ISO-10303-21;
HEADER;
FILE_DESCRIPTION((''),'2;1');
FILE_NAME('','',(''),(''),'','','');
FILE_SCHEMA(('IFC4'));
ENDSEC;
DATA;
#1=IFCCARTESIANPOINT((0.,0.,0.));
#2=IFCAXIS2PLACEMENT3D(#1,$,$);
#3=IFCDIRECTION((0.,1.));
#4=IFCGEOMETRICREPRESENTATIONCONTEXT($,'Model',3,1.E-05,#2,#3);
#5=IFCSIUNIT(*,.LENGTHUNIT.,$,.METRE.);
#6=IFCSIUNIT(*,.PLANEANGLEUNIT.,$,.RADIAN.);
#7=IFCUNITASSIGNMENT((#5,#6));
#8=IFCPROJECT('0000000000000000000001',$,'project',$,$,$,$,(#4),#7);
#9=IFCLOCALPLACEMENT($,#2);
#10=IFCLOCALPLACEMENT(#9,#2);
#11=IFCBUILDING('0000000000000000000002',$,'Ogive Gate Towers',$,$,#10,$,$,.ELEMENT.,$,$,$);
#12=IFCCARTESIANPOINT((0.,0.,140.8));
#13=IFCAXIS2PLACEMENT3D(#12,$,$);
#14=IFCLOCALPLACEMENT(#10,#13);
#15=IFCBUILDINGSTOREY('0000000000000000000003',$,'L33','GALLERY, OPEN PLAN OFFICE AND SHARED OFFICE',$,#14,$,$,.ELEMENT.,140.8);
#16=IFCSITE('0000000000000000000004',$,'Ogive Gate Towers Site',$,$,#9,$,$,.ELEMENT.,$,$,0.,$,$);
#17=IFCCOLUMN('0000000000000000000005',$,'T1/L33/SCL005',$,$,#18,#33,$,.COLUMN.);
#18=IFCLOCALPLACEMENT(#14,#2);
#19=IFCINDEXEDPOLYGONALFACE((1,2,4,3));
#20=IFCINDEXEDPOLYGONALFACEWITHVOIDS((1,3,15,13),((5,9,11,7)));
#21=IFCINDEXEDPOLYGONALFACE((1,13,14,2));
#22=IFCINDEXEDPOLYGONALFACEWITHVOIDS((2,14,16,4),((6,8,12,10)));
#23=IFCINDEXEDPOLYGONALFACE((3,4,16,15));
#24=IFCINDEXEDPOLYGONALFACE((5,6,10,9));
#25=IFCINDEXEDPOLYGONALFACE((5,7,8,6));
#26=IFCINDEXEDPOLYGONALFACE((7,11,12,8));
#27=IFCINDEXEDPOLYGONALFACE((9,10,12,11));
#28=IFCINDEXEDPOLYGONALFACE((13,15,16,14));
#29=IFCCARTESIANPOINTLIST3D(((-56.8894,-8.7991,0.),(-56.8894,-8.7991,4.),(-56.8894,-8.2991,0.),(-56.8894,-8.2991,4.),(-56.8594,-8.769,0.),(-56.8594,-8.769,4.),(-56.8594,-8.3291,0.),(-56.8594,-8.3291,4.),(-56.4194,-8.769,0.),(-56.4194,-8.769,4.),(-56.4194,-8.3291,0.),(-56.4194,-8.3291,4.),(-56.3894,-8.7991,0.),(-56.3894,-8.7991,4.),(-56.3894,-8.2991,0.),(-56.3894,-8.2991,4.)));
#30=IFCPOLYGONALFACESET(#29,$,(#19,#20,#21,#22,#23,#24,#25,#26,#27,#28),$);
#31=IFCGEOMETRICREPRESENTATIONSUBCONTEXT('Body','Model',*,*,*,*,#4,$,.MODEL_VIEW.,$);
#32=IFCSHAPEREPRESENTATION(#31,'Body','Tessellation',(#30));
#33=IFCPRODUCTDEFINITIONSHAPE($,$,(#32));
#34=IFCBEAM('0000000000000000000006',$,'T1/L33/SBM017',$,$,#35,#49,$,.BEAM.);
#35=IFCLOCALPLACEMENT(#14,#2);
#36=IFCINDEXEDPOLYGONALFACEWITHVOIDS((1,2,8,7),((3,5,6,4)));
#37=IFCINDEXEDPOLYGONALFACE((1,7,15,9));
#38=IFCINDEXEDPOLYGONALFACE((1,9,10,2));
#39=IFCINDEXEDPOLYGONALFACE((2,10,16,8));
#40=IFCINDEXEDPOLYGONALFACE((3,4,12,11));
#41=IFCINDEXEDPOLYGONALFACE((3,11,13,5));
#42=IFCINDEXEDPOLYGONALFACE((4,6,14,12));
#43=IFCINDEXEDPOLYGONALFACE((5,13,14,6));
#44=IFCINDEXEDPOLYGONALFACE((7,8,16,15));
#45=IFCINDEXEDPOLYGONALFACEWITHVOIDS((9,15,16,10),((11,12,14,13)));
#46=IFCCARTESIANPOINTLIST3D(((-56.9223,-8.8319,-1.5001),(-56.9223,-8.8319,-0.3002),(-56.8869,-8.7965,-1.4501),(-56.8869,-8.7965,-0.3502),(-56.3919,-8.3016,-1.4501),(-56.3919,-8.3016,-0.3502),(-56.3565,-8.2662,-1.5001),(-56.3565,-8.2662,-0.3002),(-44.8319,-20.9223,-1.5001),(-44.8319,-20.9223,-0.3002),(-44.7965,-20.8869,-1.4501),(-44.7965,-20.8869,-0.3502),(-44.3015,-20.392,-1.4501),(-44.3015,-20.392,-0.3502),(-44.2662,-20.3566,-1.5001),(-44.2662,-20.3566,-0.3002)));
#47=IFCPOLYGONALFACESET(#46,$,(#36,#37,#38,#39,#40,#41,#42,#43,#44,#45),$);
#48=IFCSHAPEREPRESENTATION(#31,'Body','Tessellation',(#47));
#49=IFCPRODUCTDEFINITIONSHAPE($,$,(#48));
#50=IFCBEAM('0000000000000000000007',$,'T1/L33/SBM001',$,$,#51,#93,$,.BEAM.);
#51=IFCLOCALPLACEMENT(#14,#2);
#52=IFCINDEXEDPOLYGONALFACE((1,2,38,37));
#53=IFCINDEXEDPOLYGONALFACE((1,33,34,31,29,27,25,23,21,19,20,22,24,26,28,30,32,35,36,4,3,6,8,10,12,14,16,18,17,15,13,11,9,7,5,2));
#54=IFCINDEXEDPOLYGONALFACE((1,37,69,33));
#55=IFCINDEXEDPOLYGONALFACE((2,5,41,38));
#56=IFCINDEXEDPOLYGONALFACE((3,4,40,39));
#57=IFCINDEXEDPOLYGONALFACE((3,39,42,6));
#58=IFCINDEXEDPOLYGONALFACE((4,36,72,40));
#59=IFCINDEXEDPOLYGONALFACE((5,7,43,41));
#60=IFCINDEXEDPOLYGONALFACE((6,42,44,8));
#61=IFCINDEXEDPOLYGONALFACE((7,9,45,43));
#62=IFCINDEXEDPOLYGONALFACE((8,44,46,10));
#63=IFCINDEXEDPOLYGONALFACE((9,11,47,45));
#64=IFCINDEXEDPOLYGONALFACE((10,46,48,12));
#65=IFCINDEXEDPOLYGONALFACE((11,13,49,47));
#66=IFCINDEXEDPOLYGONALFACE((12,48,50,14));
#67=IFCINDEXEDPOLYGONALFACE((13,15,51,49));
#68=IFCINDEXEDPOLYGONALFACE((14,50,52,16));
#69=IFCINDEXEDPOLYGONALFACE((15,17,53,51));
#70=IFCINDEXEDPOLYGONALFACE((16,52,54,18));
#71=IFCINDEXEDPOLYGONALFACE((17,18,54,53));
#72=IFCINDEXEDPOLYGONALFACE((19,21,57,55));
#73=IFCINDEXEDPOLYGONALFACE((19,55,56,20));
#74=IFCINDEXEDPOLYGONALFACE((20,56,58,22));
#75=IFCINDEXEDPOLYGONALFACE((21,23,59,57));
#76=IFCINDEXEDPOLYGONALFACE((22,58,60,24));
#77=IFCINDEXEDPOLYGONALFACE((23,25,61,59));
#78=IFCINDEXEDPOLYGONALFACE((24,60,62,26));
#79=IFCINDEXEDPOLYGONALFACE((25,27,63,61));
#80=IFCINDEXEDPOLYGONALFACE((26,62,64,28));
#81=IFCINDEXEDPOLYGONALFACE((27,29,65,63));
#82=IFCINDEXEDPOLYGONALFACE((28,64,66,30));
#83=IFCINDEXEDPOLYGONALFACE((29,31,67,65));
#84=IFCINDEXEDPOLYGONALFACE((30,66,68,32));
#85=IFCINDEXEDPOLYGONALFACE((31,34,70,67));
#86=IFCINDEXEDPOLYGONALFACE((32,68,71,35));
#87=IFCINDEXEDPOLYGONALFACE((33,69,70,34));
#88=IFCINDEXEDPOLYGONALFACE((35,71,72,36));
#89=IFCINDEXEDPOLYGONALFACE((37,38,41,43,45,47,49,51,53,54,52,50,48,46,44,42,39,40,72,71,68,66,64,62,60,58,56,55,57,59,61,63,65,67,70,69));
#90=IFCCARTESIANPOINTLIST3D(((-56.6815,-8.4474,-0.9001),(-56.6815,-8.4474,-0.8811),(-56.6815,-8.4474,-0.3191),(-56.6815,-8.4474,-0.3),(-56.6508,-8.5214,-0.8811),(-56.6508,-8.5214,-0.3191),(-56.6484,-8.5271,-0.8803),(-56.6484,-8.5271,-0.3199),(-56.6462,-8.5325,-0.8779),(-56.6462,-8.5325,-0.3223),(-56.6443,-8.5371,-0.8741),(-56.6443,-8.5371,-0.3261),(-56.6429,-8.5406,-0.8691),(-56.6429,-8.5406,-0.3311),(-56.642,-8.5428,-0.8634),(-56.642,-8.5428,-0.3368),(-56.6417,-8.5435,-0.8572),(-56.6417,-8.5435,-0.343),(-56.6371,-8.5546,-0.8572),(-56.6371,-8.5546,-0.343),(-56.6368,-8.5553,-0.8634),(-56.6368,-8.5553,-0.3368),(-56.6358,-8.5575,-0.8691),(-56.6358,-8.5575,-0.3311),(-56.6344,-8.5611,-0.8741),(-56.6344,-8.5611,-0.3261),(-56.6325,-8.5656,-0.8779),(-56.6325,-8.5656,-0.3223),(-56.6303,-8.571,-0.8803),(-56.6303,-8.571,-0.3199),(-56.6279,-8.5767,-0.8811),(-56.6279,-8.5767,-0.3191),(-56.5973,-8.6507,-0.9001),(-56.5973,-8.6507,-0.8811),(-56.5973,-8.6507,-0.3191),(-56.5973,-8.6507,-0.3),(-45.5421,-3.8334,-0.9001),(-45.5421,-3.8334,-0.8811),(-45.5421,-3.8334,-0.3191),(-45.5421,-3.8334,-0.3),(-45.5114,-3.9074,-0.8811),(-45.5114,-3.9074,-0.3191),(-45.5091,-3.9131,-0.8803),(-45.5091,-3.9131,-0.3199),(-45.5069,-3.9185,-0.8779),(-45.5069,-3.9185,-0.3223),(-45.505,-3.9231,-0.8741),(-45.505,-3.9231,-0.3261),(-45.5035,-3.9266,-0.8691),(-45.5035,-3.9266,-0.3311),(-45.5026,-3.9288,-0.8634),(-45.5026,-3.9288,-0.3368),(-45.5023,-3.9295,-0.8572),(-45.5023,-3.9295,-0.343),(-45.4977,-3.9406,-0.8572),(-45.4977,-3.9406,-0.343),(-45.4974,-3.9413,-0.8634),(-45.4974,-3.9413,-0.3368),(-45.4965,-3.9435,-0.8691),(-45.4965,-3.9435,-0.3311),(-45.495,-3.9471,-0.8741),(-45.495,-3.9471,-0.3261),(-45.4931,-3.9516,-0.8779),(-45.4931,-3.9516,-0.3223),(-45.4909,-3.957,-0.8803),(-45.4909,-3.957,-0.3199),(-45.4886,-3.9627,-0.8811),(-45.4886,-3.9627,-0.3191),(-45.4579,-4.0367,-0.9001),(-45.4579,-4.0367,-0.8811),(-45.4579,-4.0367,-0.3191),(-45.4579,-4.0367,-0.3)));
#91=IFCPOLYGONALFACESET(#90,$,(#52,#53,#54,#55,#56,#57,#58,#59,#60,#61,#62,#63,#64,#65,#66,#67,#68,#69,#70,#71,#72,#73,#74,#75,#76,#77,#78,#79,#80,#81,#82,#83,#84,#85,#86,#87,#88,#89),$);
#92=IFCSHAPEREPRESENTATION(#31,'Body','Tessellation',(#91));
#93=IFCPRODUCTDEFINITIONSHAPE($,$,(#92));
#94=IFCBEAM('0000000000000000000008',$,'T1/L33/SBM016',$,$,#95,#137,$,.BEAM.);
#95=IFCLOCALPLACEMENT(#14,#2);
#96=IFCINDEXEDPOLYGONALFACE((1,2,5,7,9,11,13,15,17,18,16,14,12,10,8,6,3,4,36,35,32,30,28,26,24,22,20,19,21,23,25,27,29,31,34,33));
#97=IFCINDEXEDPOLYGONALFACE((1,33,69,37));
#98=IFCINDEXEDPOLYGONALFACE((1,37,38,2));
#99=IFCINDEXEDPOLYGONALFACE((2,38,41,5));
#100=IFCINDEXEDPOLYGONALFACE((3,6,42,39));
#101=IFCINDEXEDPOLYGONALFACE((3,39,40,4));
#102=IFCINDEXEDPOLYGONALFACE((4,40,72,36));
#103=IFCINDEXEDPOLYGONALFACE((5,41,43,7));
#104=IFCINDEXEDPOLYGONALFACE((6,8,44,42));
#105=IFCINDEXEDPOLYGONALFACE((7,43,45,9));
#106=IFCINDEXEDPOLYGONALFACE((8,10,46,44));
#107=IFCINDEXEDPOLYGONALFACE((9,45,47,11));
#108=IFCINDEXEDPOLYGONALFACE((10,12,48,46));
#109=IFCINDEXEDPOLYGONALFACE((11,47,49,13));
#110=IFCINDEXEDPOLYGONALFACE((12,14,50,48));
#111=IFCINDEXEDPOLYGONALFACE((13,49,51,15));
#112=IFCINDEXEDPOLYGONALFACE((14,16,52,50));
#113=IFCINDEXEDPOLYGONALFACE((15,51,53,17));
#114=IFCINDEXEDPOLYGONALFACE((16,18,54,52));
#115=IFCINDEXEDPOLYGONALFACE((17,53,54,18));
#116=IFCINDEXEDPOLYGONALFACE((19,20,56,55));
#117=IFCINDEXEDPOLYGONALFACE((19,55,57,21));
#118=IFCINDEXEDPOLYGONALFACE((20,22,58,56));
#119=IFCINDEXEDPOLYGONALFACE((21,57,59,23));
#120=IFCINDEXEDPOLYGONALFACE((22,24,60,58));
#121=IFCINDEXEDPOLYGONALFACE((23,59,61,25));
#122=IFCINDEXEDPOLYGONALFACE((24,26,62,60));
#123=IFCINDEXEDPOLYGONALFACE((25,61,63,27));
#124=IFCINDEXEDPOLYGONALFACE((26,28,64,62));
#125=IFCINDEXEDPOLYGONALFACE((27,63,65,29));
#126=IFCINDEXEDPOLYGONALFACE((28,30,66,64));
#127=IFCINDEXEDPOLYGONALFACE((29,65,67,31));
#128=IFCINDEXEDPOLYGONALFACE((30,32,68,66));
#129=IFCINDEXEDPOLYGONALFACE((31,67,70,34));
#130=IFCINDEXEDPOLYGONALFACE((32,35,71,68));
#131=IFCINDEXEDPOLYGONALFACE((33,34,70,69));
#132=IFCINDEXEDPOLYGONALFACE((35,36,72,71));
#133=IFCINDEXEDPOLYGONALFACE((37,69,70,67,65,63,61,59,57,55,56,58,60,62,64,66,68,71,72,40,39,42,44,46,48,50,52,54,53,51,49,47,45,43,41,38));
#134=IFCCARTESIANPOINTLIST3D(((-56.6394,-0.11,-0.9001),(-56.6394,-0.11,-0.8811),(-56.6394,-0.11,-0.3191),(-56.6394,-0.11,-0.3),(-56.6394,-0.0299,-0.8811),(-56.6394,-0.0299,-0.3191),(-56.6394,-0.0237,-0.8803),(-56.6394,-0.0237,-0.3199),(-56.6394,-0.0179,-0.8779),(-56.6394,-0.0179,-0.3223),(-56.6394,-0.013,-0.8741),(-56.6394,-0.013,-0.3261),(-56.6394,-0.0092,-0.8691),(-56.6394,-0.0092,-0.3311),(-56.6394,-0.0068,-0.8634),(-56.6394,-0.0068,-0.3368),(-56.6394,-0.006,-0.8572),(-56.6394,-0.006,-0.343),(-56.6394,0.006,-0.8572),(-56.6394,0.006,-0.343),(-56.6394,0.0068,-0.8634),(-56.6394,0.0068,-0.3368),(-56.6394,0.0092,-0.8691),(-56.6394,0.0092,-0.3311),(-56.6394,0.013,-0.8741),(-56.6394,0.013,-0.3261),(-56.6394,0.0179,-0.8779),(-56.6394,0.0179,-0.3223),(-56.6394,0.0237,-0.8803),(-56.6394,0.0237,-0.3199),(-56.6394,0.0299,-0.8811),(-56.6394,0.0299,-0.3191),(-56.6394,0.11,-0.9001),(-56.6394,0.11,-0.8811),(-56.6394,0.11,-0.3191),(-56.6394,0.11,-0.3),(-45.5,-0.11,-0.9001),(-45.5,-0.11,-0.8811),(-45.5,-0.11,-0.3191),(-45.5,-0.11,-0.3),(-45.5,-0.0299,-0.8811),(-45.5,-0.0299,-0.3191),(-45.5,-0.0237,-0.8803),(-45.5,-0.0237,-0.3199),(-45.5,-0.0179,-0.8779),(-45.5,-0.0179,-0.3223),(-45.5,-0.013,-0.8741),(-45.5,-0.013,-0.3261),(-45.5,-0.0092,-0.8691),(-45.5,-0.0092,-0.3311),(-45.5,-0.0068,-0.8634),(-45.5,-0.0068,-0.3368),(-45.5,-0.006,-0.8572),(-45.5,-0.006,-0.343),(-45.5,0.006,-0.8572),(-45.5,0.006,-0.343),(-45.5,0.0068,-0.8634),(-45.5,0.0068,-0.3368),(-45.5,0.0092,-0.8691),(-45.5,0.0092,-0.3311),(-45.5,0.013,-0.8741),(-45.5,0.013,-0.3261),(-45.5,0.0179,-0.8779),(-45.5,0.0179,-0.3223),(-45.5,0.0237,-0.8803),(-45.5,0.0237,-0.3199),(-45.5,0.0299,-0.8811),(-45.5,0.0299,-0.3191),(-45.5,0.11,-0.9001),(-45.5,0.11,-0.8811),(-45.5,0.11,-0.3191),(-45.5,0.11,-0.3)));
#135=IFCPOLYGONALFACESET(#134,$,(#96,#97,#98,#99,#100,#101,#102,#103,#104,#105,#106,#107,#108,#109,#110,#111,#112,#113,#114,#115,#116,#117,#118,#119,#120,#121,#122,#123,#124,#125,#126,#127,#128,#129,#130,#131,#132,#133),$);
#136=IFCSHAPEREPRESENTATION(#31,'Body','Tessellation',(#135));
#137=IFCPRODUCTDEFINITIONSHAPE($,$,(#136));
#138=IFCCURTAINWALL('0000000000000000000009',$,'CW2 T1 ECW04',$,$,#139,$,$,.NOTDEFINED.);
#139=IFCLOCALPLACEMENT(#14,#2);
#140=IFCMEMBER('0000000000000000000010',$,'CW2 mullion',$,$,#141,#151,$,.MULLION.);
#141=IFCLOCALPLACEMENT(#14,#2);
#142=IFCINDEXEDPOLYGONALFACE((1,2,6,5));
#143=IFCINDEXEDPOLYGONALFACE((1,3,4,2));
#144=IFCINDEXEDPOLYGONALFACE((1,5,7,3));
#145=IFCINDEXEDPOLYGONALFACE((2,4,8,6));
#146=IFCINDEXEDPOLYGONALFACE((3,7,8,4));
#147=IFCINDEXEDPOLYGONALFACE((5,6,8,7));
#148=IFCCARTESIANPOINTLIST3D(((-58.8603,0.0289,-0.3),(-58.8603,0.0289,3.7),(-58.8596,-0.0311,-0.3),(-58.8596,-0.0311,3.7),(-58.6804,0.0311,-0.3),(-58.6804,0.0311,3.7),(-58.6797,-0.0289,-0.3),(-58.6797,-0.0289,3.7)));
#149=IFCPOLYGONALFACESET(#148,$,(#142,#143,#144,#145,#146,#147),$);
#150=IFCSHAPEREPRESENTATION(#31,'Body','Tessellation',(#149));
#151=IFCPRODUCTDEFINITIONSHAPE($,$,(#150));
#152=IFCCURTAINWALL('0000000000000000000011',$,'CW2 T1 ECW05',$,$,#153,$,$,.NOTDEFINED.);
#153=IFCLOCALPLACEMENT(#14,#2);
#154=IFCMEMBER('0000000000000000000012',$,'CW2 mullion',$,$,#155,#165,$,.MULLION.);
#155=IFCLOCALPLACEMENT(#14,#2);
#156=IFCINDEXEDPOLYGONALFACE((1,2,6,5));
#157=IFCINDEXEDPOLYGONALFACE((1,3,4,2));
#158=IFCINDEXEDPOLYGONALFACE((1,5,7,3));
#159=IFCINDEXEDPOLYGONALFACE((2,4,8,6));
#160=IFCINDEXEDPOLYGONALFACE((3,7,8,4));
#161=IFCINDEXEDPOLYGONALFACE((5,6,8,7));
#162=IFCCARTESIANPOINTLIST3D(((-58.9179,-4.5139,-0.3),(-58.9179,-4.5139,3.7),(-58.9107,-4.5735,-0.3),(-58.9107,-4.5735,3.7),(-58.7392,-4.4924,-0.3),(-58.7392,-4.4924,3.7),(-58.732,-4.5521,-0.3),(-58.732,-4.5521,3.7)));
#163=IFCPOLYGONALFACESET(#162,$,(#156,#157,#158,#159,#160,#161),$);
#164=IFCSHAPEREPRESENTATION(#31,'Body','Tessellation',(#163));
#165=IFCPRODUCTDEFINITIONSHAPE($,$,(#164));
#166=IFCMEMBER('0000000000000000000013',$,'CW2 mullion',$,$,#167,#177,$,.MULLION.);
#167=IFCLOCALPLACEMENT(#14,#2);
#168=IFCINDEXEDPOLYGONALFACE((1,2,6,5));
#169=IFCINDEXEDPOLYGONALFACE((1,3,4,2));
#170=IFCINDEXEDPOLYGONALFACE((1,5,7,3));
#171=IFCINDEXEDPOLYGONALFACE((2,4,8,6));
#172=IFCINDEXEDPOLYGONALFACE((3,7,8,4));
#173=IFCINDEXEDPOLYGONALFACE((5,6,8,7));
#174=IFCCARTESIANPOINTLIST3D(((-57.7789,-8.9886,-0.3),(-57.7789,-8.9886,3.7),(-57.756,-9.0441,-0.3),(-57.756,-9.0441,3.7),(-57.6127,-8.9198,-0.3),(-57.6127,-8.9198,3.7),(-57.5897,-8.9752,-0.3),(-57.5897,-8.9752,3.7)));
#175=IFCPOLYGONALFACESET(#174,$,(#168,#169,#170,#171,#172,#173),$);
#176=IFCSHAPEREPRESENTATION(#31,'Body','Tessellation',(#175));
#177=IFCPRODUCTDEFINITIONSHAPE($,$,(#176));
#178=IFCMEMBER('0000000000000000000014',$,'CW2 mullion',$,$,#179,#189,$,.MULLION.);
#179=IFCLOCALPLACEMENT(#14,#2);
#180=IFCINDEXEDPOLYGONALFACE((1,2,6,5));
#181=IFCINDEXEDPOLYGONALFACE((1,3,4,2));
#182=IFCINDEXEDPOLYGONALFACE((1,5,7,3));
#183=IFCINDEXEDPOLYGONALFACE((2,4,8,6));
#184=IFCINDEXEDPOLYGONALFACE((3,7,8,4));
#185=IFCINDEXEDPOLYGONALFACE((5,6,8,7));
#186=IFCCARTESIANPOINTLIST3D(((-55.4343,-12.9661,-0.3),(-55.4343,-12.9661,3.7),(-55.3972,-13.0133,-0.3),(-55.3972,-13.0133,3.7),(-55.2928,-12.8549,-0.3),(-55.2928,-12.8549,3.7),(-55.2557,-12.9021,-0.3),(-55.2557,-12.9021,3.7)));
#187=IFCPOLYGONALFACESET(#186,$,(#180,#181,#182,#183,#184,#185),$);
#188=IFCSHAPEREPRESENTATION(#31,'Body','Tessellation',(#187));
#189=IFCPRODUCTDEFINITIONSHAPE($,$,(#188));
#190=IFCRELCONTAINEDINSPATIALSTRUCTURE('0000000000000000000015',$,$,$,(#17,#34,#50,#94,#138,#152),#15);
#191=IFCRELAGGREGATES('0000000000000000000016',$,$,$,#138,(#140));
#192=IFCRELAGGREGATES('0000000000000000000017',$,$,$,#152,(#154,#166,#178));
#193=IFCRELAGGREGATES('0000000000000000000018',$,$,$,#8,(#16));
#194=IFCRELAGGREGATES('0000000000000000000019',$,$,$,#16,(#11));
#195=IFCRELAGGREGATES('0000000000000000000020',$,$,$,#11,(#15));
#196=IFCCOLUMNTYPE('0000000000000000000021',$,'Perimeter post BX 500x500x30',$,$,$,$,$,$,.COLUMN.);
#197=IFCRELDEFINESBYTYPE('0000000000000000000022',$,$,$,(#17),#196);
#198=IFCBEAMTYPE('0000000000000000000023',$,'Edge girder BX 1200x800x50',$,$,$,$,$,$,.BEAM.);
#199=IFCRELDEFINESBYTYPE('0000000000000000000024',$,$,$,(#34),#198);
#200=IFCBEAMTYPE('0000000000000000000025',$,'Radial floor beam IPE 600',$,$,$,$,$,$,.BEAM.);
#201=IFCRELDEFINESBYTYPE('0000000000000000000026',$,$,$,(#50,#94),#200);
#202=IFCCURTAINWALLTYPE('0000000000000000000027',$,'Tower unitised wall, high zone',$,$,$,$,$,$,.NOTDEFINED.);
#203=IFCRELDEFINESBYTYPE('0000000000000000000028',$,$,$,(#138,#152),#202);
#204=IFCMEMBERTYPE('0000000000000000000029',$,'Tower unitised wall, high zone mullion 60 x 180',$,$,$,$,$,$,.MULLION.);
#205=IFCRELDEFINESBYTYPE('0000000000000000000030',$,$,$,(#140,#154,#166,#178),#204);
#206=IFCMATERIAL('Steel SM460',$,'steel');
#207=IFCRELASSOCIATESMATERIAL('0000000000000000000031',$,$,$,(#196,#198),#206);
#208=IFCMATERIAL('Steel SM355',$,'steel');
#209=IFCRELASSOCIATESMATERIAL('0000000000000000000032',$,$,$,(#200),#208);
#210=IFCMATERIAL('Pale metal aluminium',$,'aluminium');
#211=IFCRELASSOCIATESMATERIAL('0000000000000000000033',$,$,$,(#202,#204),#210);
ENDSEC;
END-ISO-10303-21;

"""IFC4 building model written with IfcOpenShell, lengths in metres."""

from ifc_helpers import new_model, si_unit, direction, frame, origin, origin_2d, place, context, subcontext, project, spatial, rectangle, hollow_rectangle, i_section, extrude, material, material_profile, profile_set, type_object, element, aggregate, save


model = new_model("IFC4")

# Units and contexts
model_context = context("Model", 3, precision=1e-05, world=origin(), true_north=direction((0.0, 1.0)))
body_context = subcontext(model_context, "Body", "Model", "MODEL_VIEW")
ifc_project = project(units=[si_unit("LENGTHUNIT", "METRE"), si_unit("PLANEANGLEUNIT", "RADIAN")], contexts=[model_context])

# Site, building, storey
site_placement = place(None, origin())
site = spatial("IfcSite", under=ifc_project, at=site_placement, Name="Ogive Gate Towers Site", CompositionType="ELEMENT", RefElevation=0.0)
building_placement = place(site_placement, origin())
building = spatial("IfcBuilding", under=site, at=building_placement, Name="Ogive Gate Towers", CompositionType="ELEMENT")
storey_placement = place(building_placement, frame((0.0, 0.0, 140.8)))
storey = spatial("IfcBuildingStorey", under=building, at=storey_placement, Name="L33", Description="GALLERY, OPEN PLAN OFFICE AND SHARED OFFICE", CompositionType="ELEMENT", Elevation=140.8)

# Column
ifc_material_1 = material(Name="Steel SM460", Category="steel")
ifc_material_profile_1 = material_profile(ifc_material_1, hollow_rectangle(XDim=0.5, YDim=0.5, WallThickness=0.03, at=origin_2d()), Name="BX 500x500x30")
ifc_profile_set_1 = profile_set([ifc_material_profile_1], Name="Steel SM460")
column_type = type_object("IfcColumnType", Name="Perimeter post BX 500x500x30", PredefinedType="COLUMN", material=ifc_profile_set_1)
column_placement = place(storey_placement, frame((-56.6394, -8.5491, 0.0), z_axis=(0.0, 0.0, 1.0), x_axis=(1.0, 0.0, 0.0)))
element("IfcColumn", 1, at=column_placement, inside=storey, type_object=column_type, Name="T1/L33/SCL005", PredefinedType="COLUMN", context=body_context, shape_type="SweptSolid", body=[
    extrude(hollow_rectangle(XDim=0.5, YDim=0.5, WallThickness=0.03, at=origin_2d()), origin(), (0.0, 0.0, 1.0), 4.0),
])

# Beams
ifc_material_profile_2 = material_profile(ifc_material_1, hollow_rectangle(XDim=0.8, YDim=1.2, WallThickness=0.05, at=origin_2d()), Name="BX 1200x800x50")
ifc_profile_set_2 = profile_set([ifc_material_profile_2], Name="Steel SM460")
beam_type_1 = type_object("IfcBeamType", Name="Edge girder BX 1200x800x50", PredefinedType="BEAM", material=ifc_profile_set_2)
beam_1_placement = place(storey_placement, frame((-56.6394, -8.5491, -0.9001), z_axis=(0.707107, -0.707107, 0.0), x_axis=(0.707107, 0.707107, 0.0)))
element("IfcBeam", 2, at=beam_1_placement, inside=storey, type_object=beam_type_1, Name="T1/L33/SBM017", PredefinedType="BEAM", context=body_context, shape_type="SweptSolid", body=[
    extrude(hollow_rectangle(XDim=0.8, YDim=1.2, WallThickness=0.05, at=origin_2d()), origin(), (0.0, 0.0, 1.0), 17.0984),
])
ifc_material_2 = material(Name="Steel SM355", Category="steel")
ifc_material_profile_3 = material_profile(ifc_material_2, i_section(OverallWidth=0.22, OverallDepth=0.6001, WebThickness=0.012, FlangeThickness=0.019, FilletRadius=0.0239, at=origin_2d()), Name="IPE 600")
ifc_profile_set_3 = profile_set([ifc_material_profile_3], Name="Steel SM355")
beam_type_2 = type_object("IfcBeamType", Name="Radial floor beam IPE 600", PredefinedType="BEAM", material=ifc_profile_set_3)
beam_2_placement = place(storey_placement, frame((-45.5, -3.9351, -0.6001), z_axis=(-0.923882, -0.382678, 0.0), x_axis=(0.382678, -0.923882, 0.0)))
element("IfcBeam", 3, at=beam_2_placement, inside=storey, type_object=beam_type_2, Name="T1/L33/SBM001", PredefinedType="BEAM", context=body_context, shape_type="SweptSolid", body=[
    extrude(i_section(OverallWidth=0.22, OverallDepth=0.6001, WebThickness=0.012, FlangeThickness=0.019, FilletRadius=0.0239, at=origin_2d()), origin(), (0.0, 0.0, 1.0), 12.0571),
])
beam_3_placement = place(storey_placement, frame((-45.5, 0.0, -0.6001), z_axis=(-1.0, 0.0, 0.0), x_axis=(0.0, -1.0, 0.0)))
element("IfcBeam", 4, at=beam_3_placement, inside=storey, type_object=beam_type_2, Name="T1/L33/SBM016", PredefinedType="BEAM", context=body_context, shape_type="SweptSolid", body=[
    extrude(i_section(OverallWidth=0.22, OverallDepth=0.6001, WebThickness=0.012, FlangeThickness=0.019, FilletRadius=0.0239, at=origin_2d()), origin(), (0.0, 0.0, 1.0), 11.1394),
])

# Curtain wall, member
ifc_material_3 = material(Name="Pale metal aluminium", Category="aluminium")
curtain_wall_type = type_object("IfcCurtainWallType", Name="Tower unitised wall, high zone", PredefinedType="NOTDEFINED", material=ifc_material_3)
curtain_wall_1_placement = place(storey_placement, origin())
curtain_wall_1 = element("IfcCurtainWall", 5, at=curtain_wall_1_placement, inside=storey, type_object=curtain_wall_type, Name="CW2 T1 ECW04", PredefinedType="NOTDEFINED")
ifc_material_profile_4 = material_profile(ifc_material_3, rectangle(XDim=0.1799, YDim=0.0601, at=origin_2d()), Name="60 x 180 aluminium box")
ifc_profile_set_4 = profile_set([ifc_material_profile_4], Name="Pale metal aluminium")
member_type_1 = type_object("IfcMemberType", Name="Tower unitised wall, high zone mullion 60 x 180", PredefinedType="MULLION", material=ifc_profile_set_4)
member_1_placement = place(storey_placement, frame((-58.77, 0.0, -0.3), z_axis=(0.0, 0.0, 1.0), x_axis=(-0.999927, -0.012077, 0.0)))
member_1 = element("IfcMember", 6, at=member_1_placement, type_object=member_type_1, Name="CW2 mullion", PredefinedType="MULLION", context=body_context, shape_type="SweptSolid", body=[
    extrude(rectangle(XDim=0.1799, YDim=0.0601, at=origin_2d()), origin(), (0.0, 0.0, 1.0), 4.0),
])
aggregate(curtain_wall_1, [member_1])

# Curtain wall, members
curtain_wall_2_placement = place(storey_placement, origin())
curtain_wall_2 = element("IfcCurtainWall", 7, at=curtain_wall_2_placement, inside=storey, type_object=curtain_wall_type, Name="CW2 T1 ECW05", PredefinedType="NOTDEFINED")
member_2_placement = place(storey_placement, frame((-58.825, -4.533, -0.3), z_axis=(0.0, 0.0, 1.0), x_axis=(-0.992876, -0.119149, 0.0)))
member_2 = element("IfcMember", 8, at=member_2_placement, type_object=member_type_1, Name="CW2 mullion", PredefinedType="MULLION", context=body_context, shape_type="SweptSolid", body=[
    extrude(rectangle(XDim=0.1799, YDim=0.0601, at=origin_2d()), origin(), (0.0, 0.0, 1.0), 4.0),
])
member_3_placement = place(storey_placement, frame((-57.6843, -8.9819, -0.3), z_axis=(0.0, 0.0, 1.0), x_axis=(-0.92388, -0.382683, 0.0)))
member_3 = element("IfcMember", 9, at=member_3_placement, type_object=member_type_1, Name="CW2 mullion", PredefinedType="MULLION", context=body_context, shape_type="SweptSolid", body=[
    extrude(rectangle(XDim=0.1799, YDim=0.0601, at=origin_2d()), origin(), (0.0, 0.0, 1.0), 4.0),
])
member_4_placement = place(storey_placement, frame((-55.345, -12.9341, -0.3), z_axis=(0.0, 0.0, 1.0), x_axis=(-0.786321, -0.617818, 0.0)))
member_4 = element("IfcMember", 10, at=member_4_placement, type_object=member_type_1, Name="CW2 mullion", PredefinedType="MULLION", context=body_context, shape_type="SweptSolid", body=[
    extrude(rectangle(XDim=0.1799, YDim=0.0601, at=origin_2d()), origin(), (0.0, 0.0, 1.0), 4.0),
])

aggregate(curtain_wall_2, [member_2, member_3, member_4])

save(model, "model.ifc")
